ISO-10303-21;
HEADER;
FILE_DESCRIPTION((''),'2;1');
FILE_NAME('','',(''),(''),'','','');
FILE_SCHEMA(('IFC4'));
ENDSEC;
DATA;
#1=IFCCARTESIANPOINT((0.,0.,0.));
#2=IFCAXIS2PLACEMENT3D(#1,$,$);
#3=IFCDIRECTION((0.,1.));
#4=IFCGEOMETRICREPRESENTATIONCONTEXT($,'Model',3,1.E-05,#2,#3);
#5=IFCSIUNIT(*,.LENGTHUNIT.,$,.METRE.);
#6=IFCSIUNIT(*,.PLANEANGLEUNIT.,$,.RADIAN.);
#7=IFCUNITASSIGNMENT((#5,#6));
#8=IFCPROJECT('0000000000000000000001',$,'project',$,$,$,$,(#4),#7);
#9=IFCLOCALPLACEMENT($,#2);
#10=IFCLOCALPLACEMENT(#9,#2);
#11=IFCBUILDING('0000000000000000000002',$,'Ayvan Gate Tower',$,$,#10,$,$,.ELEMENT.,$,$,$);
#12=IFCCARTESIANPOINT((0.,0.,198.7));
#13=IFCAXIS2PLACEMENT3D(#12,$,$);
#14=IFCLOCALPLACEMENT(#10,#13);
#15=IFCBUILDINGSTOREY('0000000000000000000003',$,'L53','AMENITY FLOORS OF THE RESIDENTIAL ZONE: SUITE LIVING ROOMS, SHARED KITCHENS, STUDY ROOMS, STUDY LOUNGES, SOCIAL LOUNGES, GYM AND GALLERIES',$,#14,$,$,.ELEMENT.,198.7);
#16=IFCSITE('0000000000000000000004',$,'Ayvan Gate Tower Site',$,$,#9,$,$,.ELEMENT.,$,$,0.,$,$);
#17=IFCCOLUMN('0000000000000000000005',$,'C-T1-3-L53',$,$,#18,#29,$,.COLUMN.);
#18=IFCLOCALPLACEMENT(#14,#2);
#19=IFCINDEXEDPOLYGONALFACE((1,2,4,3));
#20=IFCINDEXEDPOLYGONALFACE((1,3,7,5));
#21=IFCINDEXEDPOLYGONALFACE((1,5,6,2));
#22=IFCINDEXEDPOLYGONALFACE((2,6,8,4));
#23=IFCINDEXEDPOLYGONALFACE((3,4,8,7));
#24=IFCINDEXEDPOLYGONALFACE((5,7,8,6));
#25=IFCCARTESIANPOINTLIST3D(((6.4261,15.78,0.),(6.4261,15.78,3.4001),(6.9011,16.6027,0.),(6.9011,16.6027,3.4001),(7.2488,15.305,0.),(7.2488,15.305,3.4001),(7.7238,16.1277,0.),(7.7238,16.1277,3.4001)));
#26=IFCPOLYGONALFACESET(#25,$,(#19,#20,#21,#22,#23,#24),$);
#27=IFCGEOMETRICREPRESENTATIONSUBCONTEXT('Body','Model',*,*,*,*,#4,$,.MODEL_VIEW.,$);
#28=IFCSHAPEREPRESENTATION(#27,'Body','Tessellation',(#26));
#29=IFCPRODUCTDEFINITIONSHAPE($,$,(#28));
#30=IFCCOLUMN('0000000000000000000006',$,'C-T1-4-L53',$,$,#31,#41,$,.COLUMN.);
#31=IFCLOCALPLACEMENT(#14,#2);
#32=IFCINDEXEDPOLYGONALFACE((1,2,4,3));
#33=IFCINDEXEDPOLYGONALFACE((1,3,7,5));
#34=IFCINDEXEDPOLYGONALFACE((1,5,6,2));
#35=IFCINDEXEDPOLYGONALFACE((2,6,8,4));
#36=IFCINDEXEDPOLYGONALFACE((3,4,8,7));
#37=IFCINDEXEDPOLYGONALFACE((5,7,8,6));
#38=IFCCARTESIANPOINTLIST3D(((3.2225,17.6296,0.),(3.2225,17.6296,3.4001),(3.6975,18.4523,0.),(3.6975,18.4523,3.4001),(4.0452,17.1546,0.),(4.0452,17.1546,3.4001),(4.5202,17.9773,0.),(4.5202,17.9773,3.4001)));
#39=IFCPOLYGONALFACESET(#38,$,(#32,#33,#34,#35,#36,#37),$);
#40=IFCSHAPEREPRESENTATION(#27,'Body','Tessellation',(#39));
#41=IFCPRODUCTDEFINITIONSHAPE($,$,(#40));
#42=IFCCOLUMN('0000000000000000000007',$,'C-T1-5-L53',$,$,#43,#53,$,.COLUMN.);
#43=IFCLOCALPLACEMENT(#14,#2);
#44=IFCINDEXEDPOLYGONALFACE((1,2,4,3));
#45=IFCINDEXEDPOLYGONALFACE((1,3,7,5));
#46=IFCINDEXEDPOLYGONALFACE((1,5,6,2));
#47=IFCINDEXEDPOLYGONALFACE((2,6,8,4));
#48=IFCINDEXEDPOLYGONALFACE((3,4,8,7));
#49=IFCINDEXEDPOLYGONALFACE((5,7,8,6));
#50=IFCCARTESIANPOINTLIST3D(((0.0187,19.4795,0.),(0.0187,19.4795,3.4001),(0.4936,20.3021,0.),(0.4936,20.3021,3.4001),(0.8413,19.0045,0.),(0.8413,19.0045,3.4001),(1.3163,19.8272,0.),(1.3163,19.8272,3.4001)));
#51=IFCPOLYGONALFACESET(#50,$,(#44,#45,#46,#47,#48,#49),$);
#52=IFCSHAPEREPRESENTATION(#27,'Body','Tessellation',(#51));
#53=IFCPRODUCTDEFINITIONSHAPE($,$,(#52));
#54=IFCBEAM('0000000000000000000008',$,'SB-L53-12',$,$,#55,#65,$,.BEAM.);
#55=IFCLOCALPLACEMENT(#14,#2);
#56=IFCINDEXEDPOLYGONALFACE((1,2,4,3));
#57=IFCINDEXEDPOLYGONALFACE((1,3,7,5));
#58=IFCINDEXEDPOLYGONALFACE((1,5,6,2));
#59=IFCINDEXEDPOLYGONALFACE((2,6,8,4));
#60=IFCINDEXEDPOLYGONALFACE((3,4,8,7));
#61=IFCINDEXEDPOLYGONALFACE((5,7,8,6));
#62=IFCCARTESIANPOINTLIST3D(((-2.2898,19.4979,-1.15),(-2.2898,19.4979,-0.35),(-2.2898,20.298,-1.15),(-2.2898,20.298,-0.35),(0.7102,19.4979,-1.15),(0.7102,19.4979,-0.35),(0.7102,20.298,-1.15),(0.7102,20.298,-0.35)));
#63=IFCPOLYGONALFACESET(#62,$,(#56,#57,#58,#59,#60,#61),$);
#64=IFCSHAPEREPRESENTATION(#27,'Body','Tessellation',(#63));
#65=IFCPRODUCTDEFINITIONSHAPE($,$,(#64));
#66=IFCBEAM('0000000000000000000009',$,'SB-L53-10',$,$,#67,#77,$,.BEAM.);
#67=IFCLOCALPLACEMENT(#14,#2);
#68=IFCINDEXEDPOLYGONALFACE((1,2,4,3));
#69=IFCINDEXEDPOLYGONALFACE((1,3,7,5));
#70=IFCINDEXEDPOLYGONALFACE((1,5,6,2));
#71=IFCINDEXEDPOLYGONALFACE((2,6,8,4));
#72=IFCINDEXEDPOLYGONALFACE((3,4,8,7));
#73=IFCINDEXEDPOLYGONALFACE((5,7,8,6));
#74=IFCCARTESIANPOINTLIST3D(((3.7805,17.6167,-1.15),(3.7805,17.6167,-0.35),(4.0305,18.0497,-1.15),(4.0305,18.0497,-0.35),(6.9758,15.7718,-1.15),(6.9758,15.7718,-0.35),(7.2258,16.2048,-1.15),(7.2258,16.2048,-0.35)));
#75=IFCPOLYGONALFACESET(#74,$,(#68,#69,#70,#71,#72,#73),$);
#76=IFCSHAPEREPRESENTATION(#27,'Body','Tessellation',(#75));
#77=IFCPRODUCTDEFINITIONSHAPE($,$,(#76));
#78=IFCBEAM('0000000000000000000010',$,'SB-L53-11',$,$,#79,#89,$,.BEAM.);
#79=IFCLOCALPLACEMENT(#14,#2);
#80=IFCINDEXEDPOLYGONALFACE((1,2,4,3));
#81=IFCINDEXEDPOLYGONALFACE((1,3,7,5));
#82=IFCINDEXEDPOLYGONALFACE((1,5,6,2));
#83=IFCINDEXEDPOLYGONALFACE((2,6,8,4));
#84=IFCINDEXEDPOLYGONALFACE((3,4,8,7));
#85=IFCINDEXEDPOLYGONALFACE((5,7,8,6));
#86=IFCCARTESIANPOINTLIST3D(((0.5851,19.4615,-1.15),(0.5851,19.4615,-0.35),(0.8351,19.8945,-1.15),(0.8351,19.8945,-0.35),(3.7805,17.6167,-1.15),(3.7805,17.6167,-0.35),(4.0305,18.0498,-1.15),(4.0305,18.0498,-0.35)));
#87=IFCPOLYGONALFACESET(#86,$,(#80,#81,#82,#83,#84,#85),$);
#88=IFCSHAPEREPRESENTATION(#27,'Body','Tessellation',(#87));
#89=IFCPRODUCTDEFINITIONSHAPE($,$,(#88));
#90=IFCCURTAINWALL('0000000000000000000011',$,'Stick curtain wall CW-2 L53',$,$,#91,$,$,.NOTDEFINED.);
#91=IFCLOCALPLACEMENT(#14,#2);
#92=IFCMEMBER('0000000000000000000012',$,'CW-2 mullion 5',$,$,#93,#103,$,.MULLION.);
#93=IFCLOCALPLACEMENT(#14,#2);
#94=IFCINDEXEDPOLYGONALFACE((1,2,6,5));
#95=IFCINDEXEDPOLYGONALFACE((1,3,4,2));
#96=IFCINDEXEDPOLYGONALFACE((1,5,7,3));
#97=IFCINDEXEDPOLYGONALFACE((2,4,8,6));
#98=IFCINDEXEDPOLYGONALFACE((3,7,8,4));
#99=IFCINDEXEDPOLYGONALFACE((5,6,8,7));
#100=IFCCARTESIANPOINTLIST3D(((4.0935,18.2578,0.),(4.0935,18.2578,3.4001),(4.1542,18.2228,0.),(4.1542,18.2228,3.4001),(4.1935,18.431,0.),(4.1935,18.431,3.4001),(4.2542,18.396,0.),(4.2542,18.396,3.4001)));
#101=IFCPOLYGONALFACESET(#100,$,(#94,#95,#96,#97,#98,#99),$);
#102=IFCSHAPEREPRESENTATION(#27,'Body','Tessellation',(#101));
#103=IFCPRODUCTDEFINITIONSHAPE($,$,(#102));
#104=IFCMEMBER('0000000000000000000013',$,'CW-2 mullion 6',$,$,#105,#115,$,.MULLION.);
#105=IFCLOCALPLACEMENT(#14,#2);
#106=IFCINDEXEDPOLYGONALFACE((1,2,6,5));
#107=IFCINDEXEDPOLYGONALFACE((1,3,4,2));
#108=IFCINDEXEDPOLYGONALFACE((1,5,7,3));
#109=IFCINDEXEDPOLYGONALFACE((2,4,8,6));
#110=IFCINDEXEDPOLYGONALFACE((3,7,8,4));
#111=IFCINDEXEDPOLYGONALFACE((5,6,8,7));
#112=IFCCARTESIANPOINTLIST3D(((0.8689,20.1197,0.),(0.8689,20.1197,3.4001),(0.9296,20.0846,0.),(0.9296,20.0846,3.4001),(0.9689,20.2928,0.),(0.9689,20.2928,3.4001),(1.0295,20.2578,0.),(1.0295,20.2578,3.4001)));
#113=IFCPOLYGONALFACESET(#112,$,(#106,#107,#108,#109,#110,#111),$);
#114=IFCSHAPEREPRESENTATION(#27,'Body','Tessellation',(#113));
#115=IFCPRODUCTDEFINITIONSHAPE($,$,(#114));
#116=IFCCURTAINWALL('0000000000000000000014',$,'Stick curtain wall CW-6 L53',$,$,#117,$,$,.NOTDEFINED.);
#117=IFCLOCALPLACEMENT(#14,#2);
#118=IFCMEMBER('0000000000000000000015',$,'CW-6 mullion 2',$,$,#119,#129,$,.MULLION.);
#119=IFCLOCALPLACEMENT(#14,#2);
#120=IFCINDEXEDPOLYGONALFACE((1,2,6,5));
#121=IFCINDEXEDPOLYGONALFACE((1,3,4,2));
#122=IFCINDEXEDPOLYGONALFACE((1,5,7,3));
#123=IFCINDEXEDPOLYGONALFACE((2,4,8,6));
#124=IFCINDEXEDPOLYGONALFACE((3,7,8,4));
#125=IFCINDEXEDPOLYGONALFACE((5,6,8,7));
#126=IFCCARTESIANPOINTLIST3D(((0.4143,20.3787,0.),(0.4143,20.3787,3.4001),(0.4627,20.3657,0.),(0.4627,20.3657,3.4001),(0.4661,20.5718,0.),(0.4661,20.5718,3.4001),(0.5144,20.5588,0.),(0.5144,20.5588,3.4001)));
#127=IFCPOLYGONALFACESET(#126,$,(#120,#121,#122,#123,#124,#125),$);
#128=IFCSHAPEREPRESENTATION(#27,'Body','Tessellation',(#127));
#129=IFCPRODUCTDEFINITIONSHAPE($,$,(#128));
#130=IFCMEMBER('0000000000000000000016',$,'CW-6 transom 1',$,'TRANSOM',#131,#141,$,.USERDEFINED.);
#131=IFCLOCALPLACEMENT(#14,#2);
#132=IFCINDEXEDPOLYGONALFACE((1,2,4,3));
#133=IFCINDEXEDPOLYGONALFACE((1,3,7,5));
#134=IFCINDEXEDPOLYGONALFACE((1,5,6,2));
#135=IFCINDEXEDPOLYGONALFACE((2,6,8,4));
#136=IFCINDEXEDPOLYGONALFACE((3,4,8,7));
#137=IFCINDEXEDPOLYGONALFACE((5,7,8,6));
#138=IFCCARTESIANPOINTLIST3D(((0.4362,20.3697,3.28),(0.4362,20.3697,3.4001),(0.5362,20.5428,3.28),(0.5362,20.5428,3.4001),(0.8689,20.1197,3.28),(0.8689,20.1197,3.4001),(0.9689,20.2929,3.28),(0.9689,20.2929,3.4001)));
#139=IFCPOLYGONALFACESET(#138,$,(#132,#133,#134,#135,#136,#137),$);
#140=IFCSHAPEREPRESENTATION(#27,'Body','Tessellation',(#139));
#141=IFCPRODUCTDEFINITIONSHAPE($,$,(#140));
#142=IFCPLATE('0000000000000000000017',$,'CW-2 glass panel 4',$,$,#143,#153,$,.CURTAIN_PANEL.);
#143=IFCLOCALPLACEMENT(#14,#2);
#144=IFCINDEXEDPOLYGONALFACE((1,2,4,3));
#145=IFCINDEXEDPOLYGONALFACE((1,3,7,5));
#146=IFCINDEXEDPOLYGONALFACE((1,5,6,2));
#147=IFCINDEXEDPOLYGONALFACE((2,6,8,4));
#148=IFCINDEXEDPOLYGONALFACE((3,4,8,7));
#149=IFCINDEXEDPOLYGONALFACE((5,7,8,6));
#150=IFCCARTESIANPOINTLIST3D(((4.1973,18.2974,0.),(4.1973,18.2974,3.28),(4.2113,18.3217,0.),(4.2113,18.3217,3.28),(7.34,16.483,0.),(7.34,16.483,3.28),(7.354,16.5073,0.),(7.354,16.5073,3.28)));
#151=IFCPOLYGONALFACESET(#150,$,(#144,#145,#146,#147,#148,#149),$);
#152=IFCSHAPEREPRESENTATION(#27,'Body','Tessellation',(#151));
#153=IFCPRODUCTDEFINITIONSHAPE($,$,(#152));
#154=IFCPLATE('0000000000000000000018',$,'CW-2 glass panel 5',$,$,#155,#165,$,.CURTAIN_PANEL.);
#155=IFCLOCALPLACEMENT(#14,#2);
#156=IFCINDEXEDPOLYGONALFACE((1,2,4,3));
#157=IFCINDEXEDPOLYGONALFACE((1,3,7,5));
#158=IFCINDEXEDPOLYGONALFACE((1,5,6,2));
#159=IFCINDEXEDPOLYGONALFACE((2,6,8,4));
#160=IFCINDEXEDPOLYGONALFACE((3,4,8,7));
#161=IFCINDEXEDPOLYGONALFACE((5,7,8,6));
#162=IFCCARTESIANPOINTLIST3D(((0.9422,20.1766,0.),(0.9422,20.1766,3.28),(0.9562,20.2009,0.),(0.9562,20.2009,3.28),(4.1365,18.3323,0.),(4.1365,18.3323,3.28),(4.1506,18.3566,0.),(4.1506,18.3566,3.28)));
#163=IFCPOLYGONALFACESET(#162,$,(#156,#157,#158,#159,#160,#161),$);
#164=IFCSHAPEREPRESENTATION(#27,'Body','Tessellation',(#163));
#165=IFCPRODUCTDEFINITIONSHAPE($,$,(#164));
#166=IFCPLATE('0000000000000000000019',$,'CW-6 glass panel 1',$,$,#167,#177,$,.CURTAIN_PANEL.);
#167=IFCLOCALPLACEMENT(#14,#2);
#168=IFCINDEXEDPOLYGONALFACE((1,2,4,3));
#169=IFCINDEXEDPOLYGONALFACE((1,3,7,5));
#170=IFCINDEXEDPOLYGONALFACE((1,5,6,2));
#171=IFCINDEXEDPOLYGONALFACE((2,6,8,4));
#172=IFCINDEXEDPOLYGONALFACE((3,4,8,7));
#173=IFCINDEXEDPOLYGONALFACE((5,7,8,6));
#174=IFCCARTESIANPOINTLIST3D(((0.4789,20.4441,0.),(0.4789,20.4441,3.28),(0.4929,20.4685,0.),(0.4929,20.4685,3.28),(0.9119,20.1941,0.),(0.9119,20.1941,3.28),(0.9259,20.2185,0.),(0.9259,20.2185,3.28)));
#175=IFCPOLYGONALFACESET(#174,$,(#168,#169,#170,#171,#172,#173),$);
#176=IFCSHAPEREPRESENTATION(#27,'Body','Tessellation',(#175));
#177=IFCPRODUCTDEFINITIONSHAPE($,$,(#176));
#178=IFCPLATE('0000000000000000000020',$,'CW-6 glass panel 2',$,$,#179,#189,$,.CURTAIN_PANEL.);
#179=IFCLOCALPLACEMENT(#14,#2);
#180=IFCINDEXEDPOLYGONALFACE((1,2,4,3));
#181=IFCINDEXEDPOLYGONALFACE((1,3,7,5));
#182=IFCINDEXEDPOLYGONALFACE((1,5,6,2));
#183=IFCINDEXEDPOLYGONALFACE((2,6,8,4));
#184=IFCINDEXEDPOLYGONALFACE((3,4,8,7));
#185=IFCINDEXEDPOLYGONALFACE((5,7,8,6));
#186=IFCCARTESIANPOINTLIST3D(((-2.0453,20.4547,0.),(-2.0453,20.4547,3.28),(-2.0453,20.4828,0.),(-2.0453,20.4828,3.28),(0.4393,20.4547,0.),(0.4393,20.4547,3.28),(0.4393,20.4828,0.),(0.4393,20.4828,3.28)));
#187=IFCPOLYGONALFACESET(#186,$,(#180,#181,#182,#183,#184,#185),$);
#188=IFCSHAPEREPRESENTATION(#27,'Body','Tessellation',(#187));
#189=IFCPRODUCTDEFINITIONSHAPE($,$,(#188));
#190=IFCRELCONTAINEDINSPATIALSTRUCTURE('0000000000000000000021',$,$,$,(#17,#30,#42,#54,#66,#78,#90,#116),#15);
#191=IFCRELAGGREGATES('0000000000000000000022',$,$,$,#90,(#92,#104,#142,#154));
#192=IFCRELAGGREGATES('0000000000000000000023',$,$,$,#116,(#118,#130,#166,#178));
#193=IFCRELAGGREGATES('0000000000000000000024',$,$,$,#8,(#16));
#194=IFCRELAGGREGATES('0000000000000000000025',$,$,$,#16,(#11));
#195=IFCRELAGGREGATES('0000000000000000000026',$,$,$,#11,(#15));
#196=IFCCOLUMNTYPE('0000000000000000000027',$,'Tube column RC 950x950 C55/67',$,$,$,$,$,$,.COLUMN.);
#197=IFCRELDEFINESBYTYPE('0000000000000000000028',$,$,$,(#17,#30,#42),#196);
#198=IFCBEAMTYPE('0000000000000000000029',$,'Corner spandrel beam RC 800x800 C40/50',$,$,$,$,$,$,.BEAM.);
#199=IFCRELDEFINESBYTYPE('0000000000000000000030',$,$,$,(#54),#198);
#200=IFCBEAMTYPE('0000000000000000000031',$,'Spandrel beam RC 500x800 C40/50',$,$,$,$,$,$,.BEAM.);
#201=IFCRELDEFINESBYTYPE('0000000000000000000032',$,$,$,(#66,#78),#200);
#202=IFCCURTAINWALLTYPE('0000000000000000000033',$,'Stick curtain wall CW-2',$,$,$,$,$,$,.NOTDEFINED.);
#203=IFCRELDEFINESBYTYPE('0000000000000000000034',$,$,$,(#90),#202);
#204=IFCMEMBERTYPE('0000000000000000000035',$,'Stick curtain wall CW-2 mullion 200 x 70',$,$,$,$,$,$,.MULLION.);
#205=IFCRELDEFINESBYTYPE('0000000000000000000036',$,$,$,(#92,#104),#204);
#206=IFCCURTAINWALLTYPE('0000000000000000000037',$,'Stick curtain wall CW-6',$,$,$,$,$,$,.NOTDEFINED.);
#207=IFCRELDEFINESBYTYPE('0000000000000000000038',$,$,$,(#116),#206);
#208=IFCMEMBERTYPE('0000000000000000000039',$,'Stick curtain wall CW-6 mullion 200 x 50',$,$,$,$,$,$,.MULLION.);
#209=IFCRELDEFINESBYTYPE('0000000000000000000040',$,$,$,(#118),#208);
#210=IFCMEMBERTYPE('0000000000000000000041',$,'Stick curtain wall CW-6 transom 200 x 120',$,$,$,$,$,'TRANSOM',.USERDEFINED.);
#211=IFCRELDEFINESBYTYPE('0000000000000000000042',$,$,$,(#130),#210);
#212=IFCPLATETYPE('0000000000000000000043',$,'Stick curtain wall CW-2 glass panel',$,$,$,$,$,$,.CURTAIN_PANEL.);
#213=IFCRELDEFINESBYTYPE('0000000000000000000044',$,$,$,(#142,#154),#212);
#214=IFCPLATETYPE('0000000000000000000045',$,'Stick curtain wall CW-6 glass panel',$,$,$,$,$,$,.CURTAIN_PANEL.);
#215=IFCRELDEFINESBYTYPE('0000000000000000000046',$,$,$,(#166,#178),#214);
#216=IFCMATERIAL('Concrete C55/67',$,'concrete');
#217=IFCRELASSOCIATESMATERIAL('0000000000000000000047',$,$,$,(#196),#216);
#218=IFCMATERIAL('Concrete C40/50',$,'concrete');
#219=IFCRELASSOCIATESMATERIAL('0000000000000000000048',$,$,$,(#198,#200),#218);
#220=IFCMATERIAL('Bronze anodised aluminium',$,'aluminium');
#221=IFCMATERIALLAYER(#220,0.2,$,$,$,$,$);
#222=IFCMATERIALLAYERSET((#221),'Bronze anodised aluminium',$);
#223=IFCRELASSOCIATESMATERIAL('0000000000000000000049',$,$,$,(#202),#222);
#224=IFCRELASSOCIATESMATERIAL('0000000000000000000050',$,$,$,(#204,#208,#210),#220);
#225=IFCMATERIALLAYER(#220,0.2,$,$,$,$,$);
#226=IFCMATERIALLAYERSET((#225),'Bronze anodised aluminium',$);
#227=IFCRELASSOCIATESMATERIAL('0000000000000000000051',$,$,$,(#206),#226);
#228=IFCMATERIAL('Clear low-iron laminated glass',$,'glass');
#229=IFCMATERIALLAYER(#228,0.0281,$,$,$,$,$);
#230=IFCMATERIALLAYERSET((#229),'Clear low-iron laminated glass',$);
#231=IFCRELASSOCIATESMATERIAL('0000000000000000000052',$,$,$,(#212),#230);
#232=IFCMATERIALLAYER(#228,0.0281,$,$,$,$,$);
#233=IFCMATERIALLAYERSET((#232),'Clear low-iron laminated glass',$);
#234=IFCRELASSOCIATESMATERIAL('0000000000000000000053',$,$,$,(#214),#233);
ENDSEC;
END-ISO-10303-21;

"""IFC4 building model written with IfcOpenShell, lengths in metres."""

from ifc_helpers import new_model, si_unit, direction, frame, origin, origin_2d, place, context, subcontext, project, spatial, rectangle, extrude, material, layer, layer_set, material_profile, profile_set, type_object, element, aggregate, save


model = new_model("IFC4")

# Units and contexts
model_context = context("Model", 3, precision=1e-05, world=origin(), true_north=direction((0.0, 1.0)))
body_context = subcontext(model_context, "Body", "Model", "MODEL_VIEW")
ifc_project = project(units=[si_unit("LENGTHUNIT", "METRE"), si_unit("PLANEANGLEUNIT", "RADIAN")], contexts=[model_context])

# Site, building, storey
site_placement = place(None, origin())
site = spatial("IfcSite", under=ifc_project, at=site_placement, Name="Ayvan Gate Tower Site", CompositionType="ELEMENT", RefElevation=0.0)
building_placement = place(site_placement, origin())
building = spatial("IfcBuilding", under=site, at=building_placement, Name="Ayvan Gate Tower", CompositionType="ELEMENT")
storey_placement = place(building_placement, frame((0.0, 0.0, 198.7)))
storey = spatial("IfcBuildingStorey", under=building, at=storey_placement, Name="L53", Description="AMENITY FLOORS OF THE RESIDENTIAL ZONE: SUITE LIVING ROOMS, SHARED KITCHENS, STUDY ROOMS, STUDY LOUNGES, SOCIAL LOUNGES, GYM AND GALLERIES", CompositionType="ELEMENT", Elevation=198.7)

# Columns
ifc_material_1 = material(Name="Concrete C55/67", Category="concrete")
ifc_material_profile_1 = material_profile(ifc_material_1, rectangle(XDim=0.95, YDim=0.95, at=origin_2d()), Name="RC 950x950")
ifc_profile_set_1 = profile_set([ifc_material_profile_1], Name="Concrete C55/67")
column_type = type_object("IfcColumnType", Name="Tube column RC 950x950 C55/67", PredefinedType="COLUMN", material=ifc_profile_set_1)
for number, where, z_axis, x_axis, name in (
    (1, (7.075, 15.9539, 0.0), (0.0, 0.0, 1.0), (0.5, 0.866025, 0.0), "C-T1-3-L53"),
    (2, (3.8713, 17.8035, 0.0), (0.0, 0.0, 1.0), (0.5, 0.866025, 0.0), "C-T1-4-L53"),
    (3, (0.6675, 19.6533, 0.0), (0.0, 0.0, 1.0), (0.5, 0.866025, 0.0), "C-T1-5-L53"),
):
    element("IfcColumn", number, at=place(storey_placement, frame(where, z_axis=z_axis, x_axis=x_axis)), inside=storey, type_object=column_type, Name=name, PredefinedType="COLUMN", context=body_context, shape_type="SweptSolid", body=[
        extrude(rectangle(XDim=0.95, YDim=0.95, at=origin_2d()), origin(), (0.0, 0.0, 1.0), 3.4001),
    ])

# Beams
ifc_material_2 = material(Name="Concrete C40/50", Category="concrete")
ifc_material_profile_2 = material_profile(ifc_material_2, rectangle(XDim=0.8, YDim=0.8, at=origin_2d()), Name="RC 800x800")
ifc_profile_set_2 = profile_set([ifc_material_profile_2], Name="Concrete C40/50")
beam_type_1 = type_object("IfcBeamType", Name="Corner spandrel beam RC 800x800 C40/50", PredefinedType="BEAM", material=ifc_profile_set_2)
beam_placement = place(storey_placement, frame((0.7102, 19.8979, -0.75), z_axis=(-1.0, 0.0, 0.0), x_axis=(0.0, -1.0, 0.0)))
element("IfcBeam", 4, at=beam_placement, inside=storey, type_object=beam_type_1, Name="SB-L53-12", PredefinedType="BEAM", context=body_context, shape_type="SweptSolid", body=[
    extrude(rectangle(XDim=0.8, YDim=0.8, at=origin_2d()), origin(), (0.0, 0.0, 1.0), 3.0),
])
ifc_material_profile_3 = material_profile(ifc_material_2, rectangle(XDim=0.5, YDim=0.8, at=origin_2d()), Name="RC 500x800")
ifc_profile_set_3 = profile_set([ifc_material_profile_3], Name="Concrete C40/50")
beam_type_2 = type_object("IfcBeamType", Name="Spandrel beam RC 500x800 C40/50", PredefinedType="BEAM", material=ifc_profile_set_3)
for number, where, z_axis, x_axis, name in (
    (5, (7.1008, 15.9883, -0.75), (-0.866007, 0.500032, 0.0), (-0.500032, -0.866007, 0.0), "SB-L53-10"),
    (6, (3.9055, 17.8333, -0.75), (-0.866036, 0.499982, 0.0), (-0.499982, -0.866036, 0.0), "SB-L53-11"),
):
    element("IfcBeam", number, at=place(storey_placement, frame(where, z_axis=z_axis, x_axis=x_axis)), inside=storey, type_object=beam_type_2, Name=name, PredefinedType="BEAM", context=body_context, shape_type="SweptSolid", body=[
        extrude(rectangle(XDim=0.5, YDim=0.8, at=origin_2d()), origin(), (0.0, 0.0, 1.0), 3.6897),
    ])

# Curtain walls, members
ifc_material_3 = material(Name="Bronze anodised aluminium", Category="aluminium")
ifc_layer_1 = layer(ifc_material_3, 0.2)
ifc_layer_set_1 = layer_set([ifc_layer_1], Name="Bronze anodised aluminium")
curtain_wall_type_1 = type_object("IfcCurtainWallType", Name="Stick curtain wall CW-2", PredefinedType="NOTDEFINED", material=ifc_layer_set_1)
curtain_wall_1_placement = place(storey_placement, origin())
curtain_wall_1 = element("IfcCurtainWall", 7, at=curtain_wall_1_placement, inside=storey, type_object=curtain_wall_type_1, Name="Stick curtain wall CW-2 L53", PredefinedType="NOTDEFINED")
ifc_material_profile_4 = material_profile(ifc_material_3, rectangle(XDim=0.2, YDim=0.0701, at=origin_2d()), Name="Stick curtain wall CW-2 mullion 200 x 70")
ifc_profile_set_4 = profile_set([ifc_material_profile_4], Name="Bronze anodised aluminium")
member_type_1 = type_object("IfcMemberType", Name="Stick curtain wall CW-2 mullion 200 x 70", PredefinedType="MULLION", material=ifc_profile_set_4)
member_1_placement = place(storey_placement, frame((4.1738, 18.3269, 0.0), z_axis=(0.0, 0.0, 1.0), x_axis=(0.5, 0.866025, 0.0)))
member_1 = element("IfcMember", 8, at=member_1_placement, type_object=member_type_1, Name="CW-2 mullion 5", PredefinedType="MULLION", context=body_context, shape_type="SweptSolid", body=[
    extrude(rectangle(XDim=0.2, YDim=0.0701, at=origin_2d()), origin(), (0.0, 0.0, 1.0), 3.4001),
])
member_2_placement = place(storey_placement, frame((0.9492, 20.1887, 0.0), z_axis=(0.0, 0.0, 1.0), x_axis=(0.5, 0.866025, 0.0)))
member_2 = element("IfcMember", 9, at=member_2_placement, type_object=member_type_1, Name="CW-2 mullion 6", PredefinedType="MULLION", context=body_context, shape_type="SweptSolid", body=[
    extrude(rectangle(XDim=0.2, YDim=0.0701, at=origin_2d()), origin(), (0.0, 0.0, 1.0), 3.4001),
])
ifc_layer_2 = layer(ifc_material_3, 0.2)
ifc_layer_set_2 = layer_set([ifc_layer_2], Name="Bronze anodised aluminium")
curtain_wall_type_2 = type_object("IfcCurtainWallType", Name="Stick curtain wall CW-6", PredefinedType="NOTDEFINED", material=ifc_layer_set_2)
curtain_wall_2_placement = place(storey_placement, origin())
curtain_wall_2 = element("IfcCurtainWall", 10, at=curtain_wall_2_placement, inside=storey, type_object=curtain_wall_type_2, Name="Stick curtain wall CW-6 L53", PredefinedType="NOTDEFINED")
ifc_material_profile_5 = material_profile(ifc_material_3, rectangle(XDim=0.2, YDim=0.05, at=origin_2d()), Name="Stick curtain wall CW-6 mullion 200 x 50")
ifc_profile_set_5 = profile_set([ifc_material_profile_5], Name="Bronze anodised aluminium")
member_type_2 = type_object("IfcMemberType", Name="Stick curtain wall CW-6 mullion 200 x 50", PredefinedType="MULLION", material=ifc_profile_set_5)
member_3_placement = place(storey_placement, frame((0.4644, 20.4688, 0.0), z_axis=(0.0, 0.0, 1.0), x_axis=(0.258819, 0.965926, 0.0)))
member_3 = element("IfcMember", 11, at=member_3_placement, type_object=member_type_2, Name="CW-6 mullion 2", PredefinedType="MULLION", context=body_context, shape_type="SweptSolid", body=[
    extrude(rectangle(XDim=0.2, YDim=0.05, at=origin_2d()), origin(), (0.0, 0.0, 1.0), 3.4001),
])
ifc_material_profile_6 = material_profile(ifc_material_3, rectangle(XDim=0.2, YDim=0.1201, at=origin_2d()), Name="Stick curtain wall CW-6 transom 200 x 120")
ifc_profile_set_6 = profile_set([ifc_material_profile_6], Name="Bronze anodised aluminium")
member_type_3 = type_object("IfcMemberType", Name="Stick curtain wall CW-6 transom 200 x 120", ElementType="TRANSOM", PredefinedType="USERDEFINED", material=ifc_profile_set_6)
member_4_placement = place(storey_placement, frame((0.9189, 20.2063, 3.3401), z_axis=(-0.86595, 0.500131, 0.0), x_axis=(-0.500131, -0.86595, 0.0)))
member_4 = element("IfcMember", 12, at=member_4_placement, type_object=member_type_3, Name="CW-6 transom 1", ObjectType="TRANSOM", PredefinedType="USERDEFINED", context=body_context, shape_type="SweptSolid", body=[
    extrude(rectangle(XDim=0.2, YDim=0.1201, at=origin_2d()), origin(), (0.0, 0.0, 1.0), 0.4998),
])

# Plates
ifc_material_4 = material(Name="Clear low-iron laminated glass", Category="glass")
ifc_layer_3 = layer(ifc_material_4, 0.0281)
ifc_layer_set_3 = layer_set([ifc_layer_3], Name="Clear low-iron laminated glass")
plate_type_1 = type_object("IfcPlateType", Name="Stick curtain wall CW-2 glass panel", PredefinedType="CURTAIN_PANEL", material=ifc_layer_set_3)
plate_1_placement = place(storey_placement, frame((5.7756, 17.4023, 0.0), z_axis=(0.0, 0.0, 1.0), x_axis=(-0.866025, 0.5, 0.0)))
plate_1 = element("IfcPlate", 13, at=plate_1_placement, type_object=plate_type_1, Name="CW-2 glass panel 4", PredefinedType="CURTAIN_PANEL", context=body_context, shape_type="SweptSolid", body=[
    extrude(rectangle(XDim=3.6289, YDim=0.0281, at=origin_2d()), origin(), (0.0, 0.0, 1.0), 3.28),
])
plate_2_placement = place(storey_placement, frame((2.5464, 19.2666, 0.0), z_axis=(0.0, 0.0, 1.0), x_axis=(-0.866025, 0.5, 0.0)))
plate_2 = element("IfcPlate", 14, at=plate_2_placement, type_object=plate_type_1, Name="CW-2 glass panel 5", PredefinedType="CURTAIN_PANEL", context=body_context, shape_type="SweptSolid", body=[
    extrude(rectangle(XDim=3.6885, YDim=0.0281, at=origin_2d()), origin(), (0.0, 0.0, 1.0), 3.28),
])
aggregate(curtain_wall_1, [member_1, member_2, plate_1, plate_2])
ifc_layer_4 = layer(ifc_material_4, 0.0281)
ifc_layer_set_4 = layer_set([ifc_layer_4], Name="Clear low-iron laminated glass")
plate_type_2 = type_object("IfcPlateType", Name="Stick curtain wall CW-6 glass panel", PredefinedType="CURTAIN_PANEL", material=ifc_layer_set_4)
plate_3_placement = place(storey_placement, frame((0.7024, 20.3313, 0.0), z_axis=(0.0, 0.0, 1.0), x_axis=(-0.866025, 0.5, 0.0)))
plate_3 = element("IfcPlate", 15, at=plate_3_placement, type_object=plate_type_2, Name="CW-6 glass panel 1", PredefinedType="CURTAIN_PANEL", context=body_context, shape_type="SweptSolid", body=[
    extrude(rectangle(XDim=0.5, YDim=0.0281, at=origin_2d()), origin(), (0.0, 0.0, 1.0), 3.28),
])
plate_4_placement = place(storey_placement, frame((-0.803, 20.4688, 0.0), z_axis=(0.0, 0.0, 1.0), x_axis=(-1.0, 0.0, 0.0)))
plate_4 = element("IfcPlate", 16, at=plate_4_placement, type_object=plate_type_2, Name="CW-6 glass panel 2", PredefinedType="CURTAIN_PANEL", context=body_context, shape_type="SweptSolid", body=[
    extrude(rectangle(XDim=2.4846, YDim=0.0281, at=origin_2d()), origin(), (0.0, 0.0, 1.0), 3.28),
])
aggregate(curtain_wall_2, [member_3, member_4, plate_3, plate_4])

save(model, "model.ifc")
